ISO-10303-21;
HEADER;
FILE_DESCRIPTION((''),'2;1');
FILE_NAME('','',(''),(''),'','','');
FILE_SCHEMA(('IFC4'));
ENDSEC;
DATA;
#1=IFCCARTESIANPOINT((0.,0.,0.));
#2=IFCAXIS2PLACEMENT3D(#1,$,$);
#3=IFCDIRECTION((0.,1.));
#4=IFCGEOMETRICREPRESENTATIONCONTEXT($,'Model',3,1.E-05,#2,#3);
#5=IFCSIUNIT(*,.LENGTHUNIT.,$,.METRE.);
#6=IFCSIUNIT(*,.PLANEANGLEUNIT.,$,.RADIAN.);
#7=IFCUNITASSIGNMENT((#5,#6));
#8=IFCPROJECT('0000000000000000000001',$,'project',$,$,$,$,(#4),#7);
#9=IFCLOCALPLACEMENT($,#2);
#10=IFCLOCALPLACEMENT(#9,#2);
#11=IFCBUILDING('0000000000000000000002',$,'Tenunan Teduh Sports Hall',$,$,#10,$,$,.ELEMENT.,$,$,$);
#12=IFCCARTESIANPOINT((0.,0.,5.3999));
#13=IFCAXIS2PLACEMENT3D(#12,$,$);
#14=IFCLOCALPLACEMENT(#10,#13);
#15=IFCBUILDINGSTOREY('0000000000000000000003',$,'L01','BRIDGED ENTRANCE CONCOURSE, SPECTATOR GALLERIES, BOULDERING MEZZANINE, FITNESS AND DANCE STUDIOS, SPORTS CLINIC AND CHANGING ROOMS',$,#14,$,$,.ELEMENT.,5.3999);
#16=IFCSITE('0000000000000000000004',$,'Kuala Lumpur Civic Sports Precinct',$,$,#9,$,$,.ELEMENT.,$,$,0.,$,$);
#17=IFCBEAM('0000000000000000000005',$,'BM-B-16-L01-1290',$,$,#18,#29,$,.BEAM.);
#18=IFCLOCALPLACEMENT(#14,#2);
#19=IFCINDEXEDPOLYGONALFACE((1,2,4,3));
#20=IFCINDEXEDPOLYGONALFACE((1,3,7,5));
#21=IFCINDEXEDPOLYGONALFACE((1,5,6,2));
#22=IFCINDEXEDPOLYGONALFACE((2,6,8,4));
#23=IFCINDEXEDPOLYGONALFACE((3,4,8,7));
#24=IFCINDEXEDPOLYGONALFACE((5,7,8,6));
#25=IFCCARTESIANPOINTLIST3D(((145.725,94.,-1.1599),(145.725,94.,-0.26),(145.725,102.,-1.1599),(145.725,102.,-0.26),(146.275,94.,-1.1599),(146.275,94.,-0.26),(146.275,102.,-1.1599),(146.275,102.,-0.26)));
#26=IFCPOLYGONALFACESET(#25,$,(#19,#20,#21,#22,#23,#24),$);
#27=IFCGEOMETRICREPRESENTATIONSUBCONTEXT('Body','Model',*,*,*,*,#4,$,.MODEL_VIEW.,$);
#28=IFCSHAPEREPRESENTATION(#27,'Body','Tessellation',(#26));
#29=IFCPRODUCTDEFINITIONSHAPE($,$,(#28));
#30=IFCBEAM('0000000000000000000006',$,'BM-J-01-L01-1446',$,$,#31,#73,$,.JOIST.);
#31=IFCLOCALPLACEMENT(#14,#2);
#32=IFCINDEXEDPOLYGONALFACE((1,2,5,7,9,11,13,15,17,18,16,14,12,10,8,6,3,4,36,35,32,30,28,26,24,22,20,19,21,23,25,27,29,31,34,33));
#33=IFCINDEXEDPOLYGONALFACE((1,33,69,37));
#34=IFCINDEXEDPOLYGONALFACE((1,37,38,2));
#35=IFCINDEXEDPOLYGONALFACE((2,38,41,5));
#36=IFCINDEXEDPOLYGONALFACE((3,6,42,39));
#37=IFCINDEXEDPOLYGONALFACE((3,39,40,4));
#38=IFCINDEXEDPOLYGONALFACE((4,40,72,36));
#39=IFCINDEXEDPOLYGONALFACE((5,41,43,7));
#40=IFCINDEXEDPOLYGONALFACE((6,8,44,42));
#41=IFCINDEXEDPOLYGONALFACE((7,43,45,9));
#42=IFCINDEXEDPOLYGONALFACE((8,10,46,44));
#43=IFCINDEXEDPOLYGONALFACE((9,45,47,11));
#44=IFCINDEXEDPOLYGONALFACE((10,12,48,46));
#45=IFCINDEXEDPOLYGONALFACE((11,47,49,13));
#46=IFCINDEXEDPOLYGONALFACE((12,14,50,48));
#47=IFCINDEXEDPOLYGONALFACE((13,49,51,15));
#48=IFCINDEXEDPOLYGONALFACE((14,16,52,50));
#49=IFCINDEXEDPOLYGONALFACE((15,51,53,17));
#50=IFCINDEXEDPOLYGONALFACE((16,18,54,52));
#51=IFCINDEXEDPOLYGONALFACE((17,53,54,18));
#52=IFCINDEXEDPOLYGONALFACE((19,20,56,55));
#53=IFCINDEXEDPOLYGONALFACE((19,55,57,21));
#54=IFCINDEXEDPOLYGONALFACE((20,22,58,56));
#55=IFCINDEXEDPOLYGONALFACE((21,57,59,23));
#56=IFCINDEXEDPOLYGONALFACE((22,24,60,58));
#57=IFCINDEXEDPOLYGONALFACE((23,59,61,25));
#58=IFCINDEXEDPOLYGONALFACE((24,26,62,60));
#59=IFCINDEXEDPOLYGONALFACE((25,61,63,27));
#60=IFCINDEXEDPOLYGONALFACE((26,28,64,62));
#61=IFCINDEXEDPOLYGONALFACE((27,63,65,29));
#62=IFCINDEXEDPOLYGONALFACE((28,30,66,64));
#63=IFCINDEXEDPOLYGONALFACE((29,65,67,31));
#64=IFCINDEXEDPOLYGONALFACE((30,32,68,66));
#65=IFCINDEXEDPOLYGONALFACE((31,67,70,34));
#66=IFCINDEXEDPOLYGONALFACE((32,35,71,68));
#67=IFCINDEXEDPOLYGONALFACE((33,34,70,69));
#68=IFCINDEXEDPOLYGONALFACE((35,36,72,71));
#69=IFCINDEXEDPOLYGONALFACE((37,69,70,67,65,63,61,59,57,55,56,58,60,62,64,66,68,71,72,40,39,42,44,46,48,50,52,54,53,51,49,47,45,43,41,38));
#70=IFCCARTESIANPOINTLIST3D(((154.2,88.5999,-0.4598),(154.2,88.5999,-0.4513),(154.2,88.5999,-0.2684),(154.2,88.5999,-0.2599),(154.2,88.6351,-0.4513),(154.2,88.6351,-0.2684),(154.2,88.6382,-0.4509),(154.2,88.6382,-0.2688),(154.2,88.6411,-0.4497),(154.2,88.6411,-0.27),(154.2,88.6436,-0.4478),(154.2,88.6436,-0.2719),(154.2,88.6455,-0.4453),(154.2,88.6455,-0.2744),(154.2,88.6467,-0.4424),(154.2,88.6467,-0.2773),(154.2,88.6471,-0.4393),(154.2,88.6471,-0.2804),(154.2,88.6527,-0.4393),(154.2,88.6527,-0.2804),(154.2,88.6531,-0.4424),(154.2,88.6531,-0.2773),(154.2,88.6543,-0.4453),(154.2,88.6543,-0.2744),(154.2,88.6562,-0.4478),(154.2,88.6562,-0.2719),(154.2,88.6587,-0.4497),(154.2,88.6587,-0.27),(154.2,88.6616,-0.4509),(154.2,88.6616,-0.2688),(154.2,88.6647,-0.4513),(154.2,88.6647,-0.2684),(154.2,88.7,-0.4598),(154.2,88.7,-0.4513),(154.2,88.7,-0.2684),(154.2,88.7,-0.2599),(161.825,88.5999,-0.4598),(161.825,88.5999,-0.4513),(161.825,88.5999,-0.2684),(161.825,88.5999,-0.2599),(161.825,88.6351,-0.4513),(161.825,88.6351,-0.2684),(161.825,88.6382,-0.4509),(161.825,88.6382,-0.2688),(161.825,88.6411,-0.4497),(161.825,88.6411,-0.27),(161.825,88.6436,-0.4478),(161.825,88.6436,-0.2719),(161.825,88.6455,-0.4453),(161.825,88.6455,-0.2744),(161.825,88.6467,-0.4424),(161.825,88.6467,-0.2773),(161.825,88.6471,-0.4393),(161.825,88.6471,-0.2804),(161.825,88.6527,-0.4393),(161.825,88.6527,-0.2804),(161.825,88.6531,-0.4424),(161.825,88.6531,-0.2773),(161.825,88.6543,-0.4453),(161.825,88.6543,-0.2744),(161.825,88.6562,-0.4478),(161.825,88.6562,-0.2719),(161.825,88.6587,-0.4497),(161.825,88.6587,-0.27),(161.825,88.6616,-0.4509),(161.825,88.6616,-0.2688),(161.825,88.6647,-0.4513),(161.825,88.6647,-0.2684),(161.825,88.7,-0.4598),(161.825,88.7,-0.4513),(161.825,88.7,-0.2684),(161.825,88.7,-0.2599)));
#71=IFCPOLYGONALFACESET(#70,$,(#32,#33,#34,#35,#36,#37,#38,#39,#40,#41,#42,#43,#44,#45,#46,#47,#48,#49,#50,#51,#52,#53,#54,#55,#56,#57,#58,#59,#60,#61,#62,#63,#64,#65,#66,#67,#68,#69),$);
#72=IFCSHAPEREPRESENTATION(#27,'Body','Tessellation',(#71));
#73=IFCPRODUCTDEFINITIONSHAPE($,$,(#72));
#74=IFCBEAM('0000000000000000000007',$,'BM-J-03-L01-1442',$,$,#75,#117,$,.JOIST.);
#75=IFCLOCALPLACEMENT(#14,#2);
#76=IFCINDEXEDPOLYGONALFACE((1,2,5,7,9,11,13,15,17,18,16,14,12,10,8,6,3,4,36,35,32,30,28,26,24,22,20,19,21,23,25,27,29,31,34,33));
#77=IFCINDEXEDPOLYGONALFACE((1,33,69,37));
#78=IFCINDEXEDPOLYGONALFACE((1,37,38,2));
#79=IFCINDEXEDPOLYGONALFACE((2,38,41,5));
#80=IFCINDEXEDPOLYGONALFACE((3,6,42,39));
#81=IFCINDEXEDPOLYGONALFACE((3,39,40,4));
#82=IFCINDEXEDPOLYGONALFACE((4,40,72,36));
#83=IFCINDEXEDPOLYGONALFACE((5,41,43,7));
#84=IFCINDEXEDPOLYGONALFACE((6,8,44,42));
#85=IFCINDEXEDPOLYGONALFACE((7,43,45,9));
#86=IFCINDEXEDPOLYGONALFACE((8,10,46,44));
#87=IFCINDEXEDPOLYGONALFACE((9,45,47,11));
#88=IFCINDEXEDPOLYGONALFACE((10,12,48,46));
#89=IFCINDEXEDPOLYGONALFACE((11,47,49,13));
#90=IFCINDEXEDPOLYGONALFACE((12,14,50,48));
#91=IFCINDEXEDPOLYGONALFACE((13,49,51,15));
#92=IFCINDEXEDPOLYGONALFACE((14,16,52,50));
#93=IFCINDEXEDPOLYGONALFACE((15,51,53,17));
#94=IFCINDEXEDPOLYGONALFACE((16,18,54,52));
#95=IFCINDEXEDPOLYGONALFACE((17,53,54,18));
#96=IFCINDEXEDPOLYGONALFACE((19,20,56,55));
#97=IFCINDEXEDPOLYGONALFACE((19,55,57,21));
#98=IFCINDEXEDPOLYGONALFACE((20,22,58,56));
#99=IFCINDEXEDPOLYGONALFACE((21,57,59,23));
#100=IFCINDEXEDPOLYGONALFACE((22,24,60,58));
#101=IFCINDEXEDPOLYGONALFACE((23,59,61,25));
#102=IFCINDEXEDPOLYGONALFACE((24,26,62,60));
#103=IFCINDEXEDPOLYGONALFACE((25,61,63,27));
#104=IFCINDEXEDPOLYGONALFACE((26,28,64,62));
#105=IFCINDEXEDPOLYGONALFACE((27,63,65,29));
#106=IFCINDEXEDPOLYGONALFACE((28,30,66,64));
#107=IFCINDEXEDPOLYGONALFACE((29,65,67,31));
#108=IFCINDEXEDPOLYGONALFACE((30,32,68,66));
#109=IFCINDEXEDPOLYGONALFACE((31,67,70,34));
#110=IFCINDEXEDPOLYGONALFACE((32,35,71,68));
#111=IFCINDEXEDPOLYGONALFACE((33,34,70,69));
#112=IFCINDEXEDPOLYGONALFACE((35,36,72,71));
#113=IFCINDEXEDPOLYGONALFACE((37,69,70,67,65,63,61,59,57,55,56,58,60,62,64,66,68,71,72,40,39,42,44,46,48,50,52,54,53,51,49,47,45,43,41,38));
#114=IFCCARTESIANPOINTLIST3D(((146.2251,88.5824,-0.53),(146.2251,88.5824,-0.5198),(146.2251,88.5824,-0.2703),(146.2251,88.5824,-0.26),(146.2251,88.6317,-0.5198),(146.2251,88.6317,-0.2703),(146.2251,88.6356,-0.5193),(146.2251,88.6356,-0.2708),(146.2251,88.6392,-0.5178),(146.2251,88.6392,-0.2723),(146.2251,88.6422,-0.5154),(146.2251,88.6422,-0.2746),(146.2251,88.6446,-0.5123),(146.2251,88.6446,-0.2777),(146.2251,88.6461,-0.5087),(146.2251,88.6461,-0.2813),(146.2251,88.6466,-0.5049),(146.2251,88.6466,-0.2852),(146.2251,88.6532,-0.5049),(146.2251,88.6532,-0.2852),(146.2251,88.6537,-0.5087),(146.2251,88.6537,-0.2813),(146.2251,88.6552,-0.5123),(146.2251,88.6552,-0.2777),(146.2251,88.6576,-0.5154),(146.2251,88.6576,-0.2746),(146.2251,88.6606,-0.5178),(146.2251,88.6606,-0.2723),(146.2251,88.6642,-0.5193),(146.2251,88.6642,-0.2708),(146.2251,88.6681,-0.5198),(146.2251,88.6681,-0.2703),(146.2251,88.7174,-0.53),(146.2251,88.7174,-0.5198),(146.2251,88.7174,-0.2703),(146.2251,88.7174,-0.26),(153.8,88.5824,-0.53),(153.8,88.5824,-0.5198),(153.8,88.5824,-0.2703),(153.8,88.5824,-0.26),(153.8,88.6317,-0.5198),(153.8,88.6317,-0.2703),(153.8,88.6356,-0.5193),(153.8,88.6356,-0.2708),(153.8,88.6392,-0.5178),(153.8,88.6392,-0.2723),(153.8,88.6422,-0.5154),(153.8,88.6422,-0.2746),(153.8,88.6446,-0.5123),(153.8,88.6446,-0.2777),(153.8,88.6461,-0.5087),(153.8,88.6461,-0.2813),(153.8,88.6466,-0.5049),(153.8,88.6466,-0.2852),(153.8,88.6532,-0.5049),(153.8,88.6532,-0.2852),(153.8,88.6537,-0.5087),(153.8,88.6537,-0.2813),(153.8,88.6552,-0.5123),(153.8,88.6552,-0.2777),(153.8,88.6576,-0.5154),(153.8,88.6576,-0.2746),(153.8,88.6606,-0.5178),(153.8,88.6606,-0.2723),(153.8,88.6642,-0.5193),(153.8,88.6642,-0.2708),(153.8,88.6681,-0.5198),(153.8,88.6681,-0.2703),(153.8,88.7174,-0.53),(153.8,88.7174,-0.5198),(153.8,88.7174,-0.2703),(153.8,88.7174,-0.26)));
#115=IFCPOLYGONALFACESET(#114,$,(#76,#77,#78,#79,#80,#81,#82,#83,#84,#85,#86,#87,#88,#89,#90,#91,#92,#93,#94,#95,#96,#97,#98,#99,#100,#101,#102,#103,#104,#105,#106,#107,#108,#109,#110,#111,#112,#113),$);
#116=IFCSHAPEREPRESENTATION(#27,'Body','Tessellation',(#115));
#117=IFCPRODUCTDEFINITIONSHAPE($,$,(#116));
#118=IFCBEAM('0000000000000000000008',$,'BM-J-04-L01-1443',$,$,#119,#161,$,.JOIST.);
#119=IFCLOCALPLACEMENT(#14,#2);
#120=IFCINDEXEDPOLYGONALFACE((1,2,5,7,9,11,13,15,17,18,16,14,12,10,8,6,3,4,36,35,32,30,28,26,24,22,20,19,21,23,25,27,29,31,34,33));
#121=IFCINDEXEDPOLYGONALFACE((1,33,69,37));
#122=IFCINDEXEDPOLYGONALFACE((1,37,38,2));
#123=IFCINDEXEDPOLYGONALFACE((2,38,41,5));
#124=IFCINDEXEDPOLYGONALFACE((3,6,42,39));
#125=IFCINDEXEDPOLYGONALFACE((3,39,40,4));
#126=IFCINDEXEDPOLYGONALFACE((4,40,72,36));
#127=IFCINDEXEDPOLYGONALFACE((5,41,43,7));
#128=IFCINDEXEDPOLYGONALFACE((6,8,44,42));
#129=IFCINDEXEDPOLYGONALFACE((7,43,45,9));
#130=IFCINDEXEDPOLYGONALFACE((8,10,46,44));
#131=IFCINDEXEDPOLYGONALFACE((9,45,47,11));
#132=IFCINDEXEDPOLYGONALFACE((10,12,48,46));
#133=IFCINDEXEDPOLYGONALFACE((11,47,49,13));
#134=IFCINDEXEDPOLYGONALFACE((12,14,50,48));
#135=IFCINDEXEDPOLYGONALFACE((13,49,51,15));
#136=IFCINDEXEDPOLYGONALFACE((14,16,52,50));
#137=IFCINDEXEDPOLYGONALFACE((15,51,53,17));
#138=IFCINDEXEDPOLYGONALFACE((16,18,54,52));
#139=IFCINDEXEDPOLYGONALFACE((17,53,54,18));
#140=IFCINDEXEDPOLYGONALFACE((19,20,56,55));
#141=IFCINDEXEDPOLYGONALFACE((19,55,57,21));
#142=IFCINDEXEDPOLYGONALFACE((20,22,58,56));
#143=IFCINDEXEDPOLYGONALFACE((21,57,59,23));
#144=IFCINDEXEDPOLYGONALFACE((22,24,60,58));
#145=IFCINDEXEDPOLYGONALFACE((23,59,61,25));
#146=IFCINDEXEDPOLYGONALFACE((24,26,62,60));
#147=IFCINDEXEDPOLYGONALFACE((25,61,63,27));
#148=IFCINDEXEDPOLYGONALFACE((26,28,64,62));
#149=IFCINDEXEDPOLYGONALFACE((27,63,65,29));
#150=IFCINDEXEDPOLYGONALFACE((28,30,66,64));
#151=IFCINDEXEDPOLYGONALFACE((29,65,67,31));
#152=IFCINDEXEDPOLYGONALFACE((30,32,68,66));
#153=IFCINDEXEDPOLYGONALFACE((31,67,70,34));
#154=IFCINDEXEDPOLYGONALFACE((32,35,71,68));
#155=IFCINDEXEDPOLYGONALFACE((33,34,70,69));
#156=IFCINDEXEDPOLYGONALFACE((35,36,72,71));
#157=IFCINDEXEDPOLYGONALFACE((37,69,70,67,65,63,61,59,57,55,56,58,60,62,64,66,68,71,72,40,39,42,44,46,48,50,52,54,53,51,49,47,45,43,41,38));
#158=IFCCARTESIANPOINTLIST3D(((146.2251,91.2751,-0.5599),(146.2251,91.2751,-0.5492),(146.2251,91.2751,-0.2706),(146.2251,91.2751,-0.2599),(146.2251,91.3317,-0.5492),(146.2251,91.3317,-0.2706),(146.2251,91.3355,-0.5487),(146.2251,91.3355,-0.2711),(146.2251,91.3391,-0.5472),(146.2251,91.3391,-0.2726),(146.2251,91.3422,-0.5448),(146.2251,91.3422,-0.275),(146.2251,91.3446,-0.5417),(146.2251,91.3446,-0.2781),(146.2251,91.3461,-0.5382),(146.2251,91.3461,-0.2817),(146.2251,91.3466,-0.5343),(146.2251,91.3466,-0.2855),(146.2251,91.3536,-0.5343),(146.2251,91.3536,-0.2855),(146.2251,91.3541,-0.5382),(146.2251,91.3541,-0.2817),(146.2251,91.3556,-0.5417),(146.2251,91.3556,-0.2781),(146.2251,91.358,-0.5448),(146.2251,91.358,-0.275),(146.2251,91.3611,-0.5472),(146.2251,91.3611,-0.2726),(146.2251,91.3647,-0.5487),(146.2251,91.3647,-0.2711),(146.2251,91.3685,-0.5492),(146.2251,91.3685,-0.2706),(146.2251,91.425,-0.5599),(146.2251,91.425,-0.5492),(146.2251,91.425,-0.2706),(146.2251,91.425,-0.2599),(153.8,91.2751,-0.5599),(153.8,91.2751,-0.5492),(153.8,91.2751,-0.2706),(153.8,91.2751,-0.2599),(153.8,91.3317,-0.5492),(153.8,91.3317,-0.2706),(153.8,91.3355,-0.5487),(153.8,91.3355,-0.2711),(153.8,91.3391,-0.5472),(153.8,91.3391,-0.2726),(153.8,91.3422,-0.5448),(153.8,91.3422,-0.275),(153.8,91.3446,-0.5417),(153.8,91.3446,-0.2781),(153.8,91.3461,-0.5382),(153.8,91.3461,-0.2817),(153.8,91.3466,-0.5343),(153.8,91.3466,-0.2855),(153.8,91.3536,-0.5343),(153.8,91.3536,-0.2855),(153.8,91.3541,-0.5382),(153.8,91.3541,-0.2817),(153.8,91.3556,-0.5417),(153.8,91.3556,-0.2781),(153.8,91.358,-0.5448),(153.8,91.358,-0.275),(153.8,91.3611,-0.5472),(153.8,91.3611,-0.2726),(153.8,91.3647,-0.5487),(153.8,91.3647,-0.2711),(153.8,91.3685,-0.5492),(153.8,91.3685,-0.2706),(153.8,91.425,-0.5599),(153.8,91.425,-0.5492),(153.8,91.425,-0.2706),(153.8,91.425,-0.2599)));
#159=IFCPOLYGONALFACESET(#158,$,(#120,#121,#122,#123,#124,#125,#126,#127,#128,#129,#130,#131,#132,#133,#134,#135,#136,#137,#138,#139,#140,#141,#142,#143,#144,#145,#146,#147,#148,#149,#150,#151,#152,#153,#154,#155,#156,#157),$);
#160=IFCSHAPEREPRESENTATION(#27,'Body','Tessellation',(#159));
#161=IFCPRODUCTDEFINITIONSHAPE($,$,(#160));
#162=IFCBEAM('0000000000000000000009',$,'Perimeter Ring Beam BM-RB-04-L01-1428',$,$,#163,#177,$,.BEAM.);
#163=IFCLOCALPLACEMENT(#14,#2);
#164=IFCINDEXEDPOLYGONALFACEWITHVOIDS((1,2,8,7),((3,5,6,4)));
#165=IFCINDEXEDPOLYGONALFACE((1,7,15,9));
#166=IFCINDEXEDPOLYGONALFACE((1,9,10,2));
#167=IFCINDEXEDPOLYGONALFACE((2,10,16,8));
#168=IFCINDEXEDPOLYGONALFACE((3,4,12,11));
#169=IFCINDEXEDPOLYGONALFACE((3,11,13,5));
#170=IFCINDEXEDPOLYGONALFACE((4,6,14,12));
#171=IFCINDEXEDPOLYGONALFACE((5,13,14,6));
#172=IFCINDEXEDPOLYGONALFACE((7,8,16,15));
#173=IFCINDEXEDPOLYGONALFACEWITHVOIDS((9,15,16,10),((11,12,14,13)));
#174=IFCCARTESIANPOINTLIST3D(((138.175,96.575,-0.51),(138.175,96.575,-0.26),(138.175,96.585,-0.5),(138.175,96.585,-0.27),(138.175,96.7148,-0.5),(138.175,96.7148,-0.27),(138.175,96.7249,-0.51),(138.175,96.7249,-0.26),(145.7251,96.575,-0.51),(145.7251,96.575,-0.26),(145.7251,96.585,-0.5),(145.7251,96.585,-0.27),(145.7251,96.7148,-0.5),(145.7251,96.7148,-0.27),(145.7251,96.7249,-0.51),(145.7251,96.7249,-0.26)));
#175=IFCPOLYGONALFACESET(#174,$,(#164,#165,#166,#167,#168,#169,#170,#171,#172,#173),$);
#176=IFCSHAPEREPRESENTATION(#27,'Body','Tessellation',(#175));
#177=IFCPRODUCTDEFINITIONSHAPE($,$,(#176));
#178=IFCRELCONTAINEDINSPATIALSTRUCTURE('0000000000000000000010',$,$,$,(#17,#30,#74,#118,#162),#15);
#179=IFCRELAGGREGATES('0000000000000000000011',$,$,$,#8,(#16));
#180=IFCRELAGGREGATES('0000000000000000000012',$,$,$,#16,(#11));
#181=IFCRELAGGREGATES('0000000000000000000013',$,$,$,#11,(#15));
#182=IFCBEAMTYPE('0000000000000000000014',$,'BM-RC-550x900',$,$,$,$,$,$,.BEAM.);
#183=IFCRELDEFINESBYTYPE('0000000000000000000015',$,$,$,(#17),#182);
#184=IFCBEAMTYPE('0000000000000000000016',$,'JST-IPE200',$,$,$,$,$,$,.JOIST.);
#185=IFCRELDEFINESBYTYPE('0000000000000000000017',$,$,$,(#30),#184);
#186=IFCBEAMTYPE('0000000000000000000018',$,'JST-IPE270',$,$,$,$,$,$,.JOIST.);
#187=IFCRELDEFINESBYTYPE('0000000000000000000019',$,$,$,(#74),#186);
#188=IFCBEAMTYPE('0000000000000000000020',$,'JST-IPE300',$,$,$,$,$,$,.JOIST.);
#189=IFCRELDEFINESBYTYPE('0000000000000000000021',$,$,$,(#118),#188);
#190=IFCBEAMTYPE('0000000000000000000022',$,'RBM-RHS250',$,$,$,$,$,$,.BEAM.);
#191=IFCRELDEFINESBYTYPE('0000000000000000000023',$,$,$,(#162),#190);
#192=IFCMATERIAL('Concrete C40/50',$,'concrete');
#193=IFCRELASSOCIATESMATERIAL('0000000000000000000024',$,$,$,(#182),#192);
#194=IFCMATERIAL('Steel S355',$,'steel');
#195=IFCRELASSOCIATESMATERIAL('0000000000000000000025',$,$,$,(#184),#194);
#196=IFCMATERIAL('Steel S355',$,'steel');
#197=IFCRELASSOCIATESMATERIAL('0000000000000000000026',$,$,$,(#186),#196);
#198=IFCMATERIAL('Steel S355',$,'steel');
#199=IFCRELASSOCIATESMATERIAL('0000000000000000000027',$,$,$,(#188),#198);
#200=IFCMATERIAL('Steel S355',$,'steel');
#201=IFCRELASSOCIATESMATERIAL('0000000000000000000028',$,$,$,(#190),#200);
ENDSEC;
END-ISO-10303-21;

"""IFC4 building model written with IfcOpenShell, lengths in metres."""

from ifc_helpers import new_model, si_unit, direction, frame, origin, origin_2d, place, context, subcontext, project, spatial, rectangle, hollow_rectangle, i_section, extrude, material, material_profile, profile_set, type_object, element, save


model = new_model("IFC4")

# Units and contexts
model_context = context("Model", 3, precision=1e-05, world=origin(), true_north=direction((0.0, 1.0)))
body_context = subcontext(model_context, "Body", "Model", "MODEL_VIEW")
ifc_project = project(units=[si_unit("LENGTHUNIT", "METRE"), si_unit("PLANEANGLEUNIT", "RADIAN")], contexts=[model_context])

# Site, building, storey
site_placement = place(None, origin())
site = spatial("IfcSite", under=ifc_project, at=site_placement, Name="Kuala Lumpur Civic Sports Precinct", CompositionType="ELEMENT", RefElevation=0.0)
building_placement = place(site_placement, origin())
building = spatial("IfcBuilding", under=site, at=building_placement, Name="Tenunan Teduh Sports Hall", CompositionType="ELEMENT")
storey_placement = place(building_placement, frame((0.0, 0.0, 5.3999)))
storey = spatial("IfcBuildingStorey", under=building, at=storey_placement, Name="L01", Description="BRIDGED ENTRANCE CONCOURSE, SPECTATOR GALLERIES, BOULDERING MEZZANINE, FITNESS AND DANCE STUDIOS, SPORTS CLINIC AND CHANGING ROOMS", CompositionType="ELEMENT", Elevation=5.3999)

# Beams
ifc_material_1 = material(Name="Concrete C40/50", Category="concrete")
ifc_material_profile_1 = material_profile(ifc_material_1, rectangle(XDim=0.55, YDim=0.8999, at=origin_2d()), Name="RCB 550x900")
ifc_profile_set_1 = profile_set([ifc_material_profile_1], Name="Concrete C40/50")
beam_type_1 = type_object("IfcBeamType", Name="BM-RC-550x900", PredefinedType="BEAM", material=ifc_profile_set_1)
beam_1_placement = place(storey_placement, frame((146.0, 94.0, -0.71), z_axis=(0.0, 1.0, 0.0), x_axis=(-1.0, 0.0, 0.0)))
element("IfcBeam", 1, at=beam_1_placement, inside=storey, type_object=beam_type_1, Name="BM-B-16-L01-1290", PredefinedType="BEAM", context=body_context, shape_type="SweptSolid", body=[
    extrude(rectangle(XDim=0.55, YDim=0.8999, at=origin_2d()), origin(), (0.0, 0.0, 1.0), 8.0),
])
ifc_material_2 = material(Name="Steel S355", Category="steel")
ifc_material_profile_2 = material_profile(ifc_material_2, i_section(OverallWidth=0.1001, OverallDepth=0.2, WebThickness=0.0056, FlangeThickness=0.0085, FilletRadius=0.012, at=origin_2d()), Name="IPE 200")
ifc_profile_set_2 = profile_set([ifc_material_profile_2], Name="Steel S355")
beam_type_2 = type_object("IfcBeamType", Name="JST-IPE200", PredefinedType="JOIST", material=ifc_profile_set_2)
beam_2_placement = place(storey_placement, frame((154.2, 88.6499, -0.3599), z_axis=(1.0, 0.0, 0.0), x_axis=(0.0, 1.0, 0.0)))
element("IfcBeam", 2, at=beam_2_placement, inside=storey, type_object=beam_type_2, Name="BM-J-01-L01-1446", PredefinedType="JOIST", context=body_context, shape_type="SweptSolid", body=[
    extrude(i_section(OverallWidth=0.1001, OverallDepth=0.2, WebThickness=0.0056, FlangeThickness=0.0085, FilletRadius=0.012, at=origin_2d()), origin(), (0.0, 0.0, 1.0), 7.625),
])
ifc_material_3 = material(Name="Steel S355", Category="steel")
ifc_material_profile_3 = material_profile(ifc_material_3, i_section(OverallWidth=0.135, OverallDepth=0.27, WebThickness=0.0066, FlangeThickness=0.0103, FilletRadius=0.0149, at=origin_2d()), Name="IPE 270")
ifc_profile_set_3 = profile_set([ifc_material_profile_3], Name="Steel S355")
beam_type_3 = type_object("IfcBeamType", Name="JST-IPE270", PredefinedType="JOIST", material=ifc_profile_set_3)
beam_3_placement = place(storey_placement, frame((146.2251, 88.6499, -0.395), z_axis=(1.0, 0.0, 0.0), x_axis=(0.0, 1.0, 0.0)))
element("IfcBeam", 3, at=beam_3_placement, inside=storey, type_object=beam_type_3, Name="BM-J-03-L01-1442", PredefinedType="JOIST", context=body_context, shape_type="SweptSolid", body=[
    extrude(i_section(OverallWidth=0.135, OverallDepth=0.27, WebThickness=0.0066, FlangeThickness=0.0103, FilletRadius=0.0149, at=origin_2d()), origin(), (0.0, 0.0, 1.0), 7.575),
])
ifc_material_4 = material(Name="Steel S355", Category="steel")
ifc_material_profile_4 = material_profile(ifc_material_4, i_section(OverallWidth=0.1499, OverallDepth=0.3, WebThickness=0.0071, FlangeThickness=0.0107, FilletRadius=0.0149, at=origin_2d()), Name="IPE 300")
ifc_profile_set_4 = profile_set([ifc_material_profile_4], Name="Steel S355")
beam_type_4 = type_object("IfcBeamType", Name="JST-IPE300", PredefinedType="JOIST", material=ifc_profile_set_4)
beam_4_placement = place(storey_placement, frame((146.2251, 91.3501, -0.4099), z_axis=(1.0, 0.0, 0.0), x_axis=(0.0, 1.0, 0.0)))
element("IfcBeam", 4, at=beam_4_placement, inside=storey, type_object=beam_type_4, Name="BM-J-04-L01-1443", PredefinedType="JOIST", context=body_context, shape_type="SweptSolid", body=[
    extrude(i_section(OverallWidth=0.1499, OverallDepth=0.3, WebThickness=0.0071, FlangeThickness=0.0107, FilletRadius=0.0149, at=origin_2d()), origin(), (0.0, 0.0, 1.0), 7.575),
])
ifc_material_5 = material(Name="Steel S355", Category="steel")
ifc_material_profile_5 = material_profile(ifc_material_5, hollow_rectangle(XDim=0.1499, YDim=0.25, WallThickness=0.01, at=origin_2d()), Name="RHS 250x150x10.0")
ifc_profile_set_5 = profile_set([ifc_material_profile_5], Name="Steel S355")
beam_type_5 = type_object("IfcBeamType", Name="RBM-RHS250", PredefinedType="BEAM", material=ifc_profile_set_5)
beam_5_placement = place(storey_placement, frame((138.175, 96.6499, -0.385), z_axis=(1.0, 0.0, 0.0), x_axis=(0.0, 1.0, 0.0)))
element("IfcBeam", 5, at=beam_5_placement, inside=storey, type_object=beam_type_5, Name="Perimeter Ring Beam BM-RB-04-L01-1428", PredefinedType="BEAM", context=body_context, shape_type="SweptSolid", body=[
    extrude(hollow_rectangle(XDim=0.1499, YDim=0.25, WallThickness=0.01, at=origin_2d()), origin(), (0.0, 0.0, 1.0), 7.55),
])

save(model, "model.ifc")
